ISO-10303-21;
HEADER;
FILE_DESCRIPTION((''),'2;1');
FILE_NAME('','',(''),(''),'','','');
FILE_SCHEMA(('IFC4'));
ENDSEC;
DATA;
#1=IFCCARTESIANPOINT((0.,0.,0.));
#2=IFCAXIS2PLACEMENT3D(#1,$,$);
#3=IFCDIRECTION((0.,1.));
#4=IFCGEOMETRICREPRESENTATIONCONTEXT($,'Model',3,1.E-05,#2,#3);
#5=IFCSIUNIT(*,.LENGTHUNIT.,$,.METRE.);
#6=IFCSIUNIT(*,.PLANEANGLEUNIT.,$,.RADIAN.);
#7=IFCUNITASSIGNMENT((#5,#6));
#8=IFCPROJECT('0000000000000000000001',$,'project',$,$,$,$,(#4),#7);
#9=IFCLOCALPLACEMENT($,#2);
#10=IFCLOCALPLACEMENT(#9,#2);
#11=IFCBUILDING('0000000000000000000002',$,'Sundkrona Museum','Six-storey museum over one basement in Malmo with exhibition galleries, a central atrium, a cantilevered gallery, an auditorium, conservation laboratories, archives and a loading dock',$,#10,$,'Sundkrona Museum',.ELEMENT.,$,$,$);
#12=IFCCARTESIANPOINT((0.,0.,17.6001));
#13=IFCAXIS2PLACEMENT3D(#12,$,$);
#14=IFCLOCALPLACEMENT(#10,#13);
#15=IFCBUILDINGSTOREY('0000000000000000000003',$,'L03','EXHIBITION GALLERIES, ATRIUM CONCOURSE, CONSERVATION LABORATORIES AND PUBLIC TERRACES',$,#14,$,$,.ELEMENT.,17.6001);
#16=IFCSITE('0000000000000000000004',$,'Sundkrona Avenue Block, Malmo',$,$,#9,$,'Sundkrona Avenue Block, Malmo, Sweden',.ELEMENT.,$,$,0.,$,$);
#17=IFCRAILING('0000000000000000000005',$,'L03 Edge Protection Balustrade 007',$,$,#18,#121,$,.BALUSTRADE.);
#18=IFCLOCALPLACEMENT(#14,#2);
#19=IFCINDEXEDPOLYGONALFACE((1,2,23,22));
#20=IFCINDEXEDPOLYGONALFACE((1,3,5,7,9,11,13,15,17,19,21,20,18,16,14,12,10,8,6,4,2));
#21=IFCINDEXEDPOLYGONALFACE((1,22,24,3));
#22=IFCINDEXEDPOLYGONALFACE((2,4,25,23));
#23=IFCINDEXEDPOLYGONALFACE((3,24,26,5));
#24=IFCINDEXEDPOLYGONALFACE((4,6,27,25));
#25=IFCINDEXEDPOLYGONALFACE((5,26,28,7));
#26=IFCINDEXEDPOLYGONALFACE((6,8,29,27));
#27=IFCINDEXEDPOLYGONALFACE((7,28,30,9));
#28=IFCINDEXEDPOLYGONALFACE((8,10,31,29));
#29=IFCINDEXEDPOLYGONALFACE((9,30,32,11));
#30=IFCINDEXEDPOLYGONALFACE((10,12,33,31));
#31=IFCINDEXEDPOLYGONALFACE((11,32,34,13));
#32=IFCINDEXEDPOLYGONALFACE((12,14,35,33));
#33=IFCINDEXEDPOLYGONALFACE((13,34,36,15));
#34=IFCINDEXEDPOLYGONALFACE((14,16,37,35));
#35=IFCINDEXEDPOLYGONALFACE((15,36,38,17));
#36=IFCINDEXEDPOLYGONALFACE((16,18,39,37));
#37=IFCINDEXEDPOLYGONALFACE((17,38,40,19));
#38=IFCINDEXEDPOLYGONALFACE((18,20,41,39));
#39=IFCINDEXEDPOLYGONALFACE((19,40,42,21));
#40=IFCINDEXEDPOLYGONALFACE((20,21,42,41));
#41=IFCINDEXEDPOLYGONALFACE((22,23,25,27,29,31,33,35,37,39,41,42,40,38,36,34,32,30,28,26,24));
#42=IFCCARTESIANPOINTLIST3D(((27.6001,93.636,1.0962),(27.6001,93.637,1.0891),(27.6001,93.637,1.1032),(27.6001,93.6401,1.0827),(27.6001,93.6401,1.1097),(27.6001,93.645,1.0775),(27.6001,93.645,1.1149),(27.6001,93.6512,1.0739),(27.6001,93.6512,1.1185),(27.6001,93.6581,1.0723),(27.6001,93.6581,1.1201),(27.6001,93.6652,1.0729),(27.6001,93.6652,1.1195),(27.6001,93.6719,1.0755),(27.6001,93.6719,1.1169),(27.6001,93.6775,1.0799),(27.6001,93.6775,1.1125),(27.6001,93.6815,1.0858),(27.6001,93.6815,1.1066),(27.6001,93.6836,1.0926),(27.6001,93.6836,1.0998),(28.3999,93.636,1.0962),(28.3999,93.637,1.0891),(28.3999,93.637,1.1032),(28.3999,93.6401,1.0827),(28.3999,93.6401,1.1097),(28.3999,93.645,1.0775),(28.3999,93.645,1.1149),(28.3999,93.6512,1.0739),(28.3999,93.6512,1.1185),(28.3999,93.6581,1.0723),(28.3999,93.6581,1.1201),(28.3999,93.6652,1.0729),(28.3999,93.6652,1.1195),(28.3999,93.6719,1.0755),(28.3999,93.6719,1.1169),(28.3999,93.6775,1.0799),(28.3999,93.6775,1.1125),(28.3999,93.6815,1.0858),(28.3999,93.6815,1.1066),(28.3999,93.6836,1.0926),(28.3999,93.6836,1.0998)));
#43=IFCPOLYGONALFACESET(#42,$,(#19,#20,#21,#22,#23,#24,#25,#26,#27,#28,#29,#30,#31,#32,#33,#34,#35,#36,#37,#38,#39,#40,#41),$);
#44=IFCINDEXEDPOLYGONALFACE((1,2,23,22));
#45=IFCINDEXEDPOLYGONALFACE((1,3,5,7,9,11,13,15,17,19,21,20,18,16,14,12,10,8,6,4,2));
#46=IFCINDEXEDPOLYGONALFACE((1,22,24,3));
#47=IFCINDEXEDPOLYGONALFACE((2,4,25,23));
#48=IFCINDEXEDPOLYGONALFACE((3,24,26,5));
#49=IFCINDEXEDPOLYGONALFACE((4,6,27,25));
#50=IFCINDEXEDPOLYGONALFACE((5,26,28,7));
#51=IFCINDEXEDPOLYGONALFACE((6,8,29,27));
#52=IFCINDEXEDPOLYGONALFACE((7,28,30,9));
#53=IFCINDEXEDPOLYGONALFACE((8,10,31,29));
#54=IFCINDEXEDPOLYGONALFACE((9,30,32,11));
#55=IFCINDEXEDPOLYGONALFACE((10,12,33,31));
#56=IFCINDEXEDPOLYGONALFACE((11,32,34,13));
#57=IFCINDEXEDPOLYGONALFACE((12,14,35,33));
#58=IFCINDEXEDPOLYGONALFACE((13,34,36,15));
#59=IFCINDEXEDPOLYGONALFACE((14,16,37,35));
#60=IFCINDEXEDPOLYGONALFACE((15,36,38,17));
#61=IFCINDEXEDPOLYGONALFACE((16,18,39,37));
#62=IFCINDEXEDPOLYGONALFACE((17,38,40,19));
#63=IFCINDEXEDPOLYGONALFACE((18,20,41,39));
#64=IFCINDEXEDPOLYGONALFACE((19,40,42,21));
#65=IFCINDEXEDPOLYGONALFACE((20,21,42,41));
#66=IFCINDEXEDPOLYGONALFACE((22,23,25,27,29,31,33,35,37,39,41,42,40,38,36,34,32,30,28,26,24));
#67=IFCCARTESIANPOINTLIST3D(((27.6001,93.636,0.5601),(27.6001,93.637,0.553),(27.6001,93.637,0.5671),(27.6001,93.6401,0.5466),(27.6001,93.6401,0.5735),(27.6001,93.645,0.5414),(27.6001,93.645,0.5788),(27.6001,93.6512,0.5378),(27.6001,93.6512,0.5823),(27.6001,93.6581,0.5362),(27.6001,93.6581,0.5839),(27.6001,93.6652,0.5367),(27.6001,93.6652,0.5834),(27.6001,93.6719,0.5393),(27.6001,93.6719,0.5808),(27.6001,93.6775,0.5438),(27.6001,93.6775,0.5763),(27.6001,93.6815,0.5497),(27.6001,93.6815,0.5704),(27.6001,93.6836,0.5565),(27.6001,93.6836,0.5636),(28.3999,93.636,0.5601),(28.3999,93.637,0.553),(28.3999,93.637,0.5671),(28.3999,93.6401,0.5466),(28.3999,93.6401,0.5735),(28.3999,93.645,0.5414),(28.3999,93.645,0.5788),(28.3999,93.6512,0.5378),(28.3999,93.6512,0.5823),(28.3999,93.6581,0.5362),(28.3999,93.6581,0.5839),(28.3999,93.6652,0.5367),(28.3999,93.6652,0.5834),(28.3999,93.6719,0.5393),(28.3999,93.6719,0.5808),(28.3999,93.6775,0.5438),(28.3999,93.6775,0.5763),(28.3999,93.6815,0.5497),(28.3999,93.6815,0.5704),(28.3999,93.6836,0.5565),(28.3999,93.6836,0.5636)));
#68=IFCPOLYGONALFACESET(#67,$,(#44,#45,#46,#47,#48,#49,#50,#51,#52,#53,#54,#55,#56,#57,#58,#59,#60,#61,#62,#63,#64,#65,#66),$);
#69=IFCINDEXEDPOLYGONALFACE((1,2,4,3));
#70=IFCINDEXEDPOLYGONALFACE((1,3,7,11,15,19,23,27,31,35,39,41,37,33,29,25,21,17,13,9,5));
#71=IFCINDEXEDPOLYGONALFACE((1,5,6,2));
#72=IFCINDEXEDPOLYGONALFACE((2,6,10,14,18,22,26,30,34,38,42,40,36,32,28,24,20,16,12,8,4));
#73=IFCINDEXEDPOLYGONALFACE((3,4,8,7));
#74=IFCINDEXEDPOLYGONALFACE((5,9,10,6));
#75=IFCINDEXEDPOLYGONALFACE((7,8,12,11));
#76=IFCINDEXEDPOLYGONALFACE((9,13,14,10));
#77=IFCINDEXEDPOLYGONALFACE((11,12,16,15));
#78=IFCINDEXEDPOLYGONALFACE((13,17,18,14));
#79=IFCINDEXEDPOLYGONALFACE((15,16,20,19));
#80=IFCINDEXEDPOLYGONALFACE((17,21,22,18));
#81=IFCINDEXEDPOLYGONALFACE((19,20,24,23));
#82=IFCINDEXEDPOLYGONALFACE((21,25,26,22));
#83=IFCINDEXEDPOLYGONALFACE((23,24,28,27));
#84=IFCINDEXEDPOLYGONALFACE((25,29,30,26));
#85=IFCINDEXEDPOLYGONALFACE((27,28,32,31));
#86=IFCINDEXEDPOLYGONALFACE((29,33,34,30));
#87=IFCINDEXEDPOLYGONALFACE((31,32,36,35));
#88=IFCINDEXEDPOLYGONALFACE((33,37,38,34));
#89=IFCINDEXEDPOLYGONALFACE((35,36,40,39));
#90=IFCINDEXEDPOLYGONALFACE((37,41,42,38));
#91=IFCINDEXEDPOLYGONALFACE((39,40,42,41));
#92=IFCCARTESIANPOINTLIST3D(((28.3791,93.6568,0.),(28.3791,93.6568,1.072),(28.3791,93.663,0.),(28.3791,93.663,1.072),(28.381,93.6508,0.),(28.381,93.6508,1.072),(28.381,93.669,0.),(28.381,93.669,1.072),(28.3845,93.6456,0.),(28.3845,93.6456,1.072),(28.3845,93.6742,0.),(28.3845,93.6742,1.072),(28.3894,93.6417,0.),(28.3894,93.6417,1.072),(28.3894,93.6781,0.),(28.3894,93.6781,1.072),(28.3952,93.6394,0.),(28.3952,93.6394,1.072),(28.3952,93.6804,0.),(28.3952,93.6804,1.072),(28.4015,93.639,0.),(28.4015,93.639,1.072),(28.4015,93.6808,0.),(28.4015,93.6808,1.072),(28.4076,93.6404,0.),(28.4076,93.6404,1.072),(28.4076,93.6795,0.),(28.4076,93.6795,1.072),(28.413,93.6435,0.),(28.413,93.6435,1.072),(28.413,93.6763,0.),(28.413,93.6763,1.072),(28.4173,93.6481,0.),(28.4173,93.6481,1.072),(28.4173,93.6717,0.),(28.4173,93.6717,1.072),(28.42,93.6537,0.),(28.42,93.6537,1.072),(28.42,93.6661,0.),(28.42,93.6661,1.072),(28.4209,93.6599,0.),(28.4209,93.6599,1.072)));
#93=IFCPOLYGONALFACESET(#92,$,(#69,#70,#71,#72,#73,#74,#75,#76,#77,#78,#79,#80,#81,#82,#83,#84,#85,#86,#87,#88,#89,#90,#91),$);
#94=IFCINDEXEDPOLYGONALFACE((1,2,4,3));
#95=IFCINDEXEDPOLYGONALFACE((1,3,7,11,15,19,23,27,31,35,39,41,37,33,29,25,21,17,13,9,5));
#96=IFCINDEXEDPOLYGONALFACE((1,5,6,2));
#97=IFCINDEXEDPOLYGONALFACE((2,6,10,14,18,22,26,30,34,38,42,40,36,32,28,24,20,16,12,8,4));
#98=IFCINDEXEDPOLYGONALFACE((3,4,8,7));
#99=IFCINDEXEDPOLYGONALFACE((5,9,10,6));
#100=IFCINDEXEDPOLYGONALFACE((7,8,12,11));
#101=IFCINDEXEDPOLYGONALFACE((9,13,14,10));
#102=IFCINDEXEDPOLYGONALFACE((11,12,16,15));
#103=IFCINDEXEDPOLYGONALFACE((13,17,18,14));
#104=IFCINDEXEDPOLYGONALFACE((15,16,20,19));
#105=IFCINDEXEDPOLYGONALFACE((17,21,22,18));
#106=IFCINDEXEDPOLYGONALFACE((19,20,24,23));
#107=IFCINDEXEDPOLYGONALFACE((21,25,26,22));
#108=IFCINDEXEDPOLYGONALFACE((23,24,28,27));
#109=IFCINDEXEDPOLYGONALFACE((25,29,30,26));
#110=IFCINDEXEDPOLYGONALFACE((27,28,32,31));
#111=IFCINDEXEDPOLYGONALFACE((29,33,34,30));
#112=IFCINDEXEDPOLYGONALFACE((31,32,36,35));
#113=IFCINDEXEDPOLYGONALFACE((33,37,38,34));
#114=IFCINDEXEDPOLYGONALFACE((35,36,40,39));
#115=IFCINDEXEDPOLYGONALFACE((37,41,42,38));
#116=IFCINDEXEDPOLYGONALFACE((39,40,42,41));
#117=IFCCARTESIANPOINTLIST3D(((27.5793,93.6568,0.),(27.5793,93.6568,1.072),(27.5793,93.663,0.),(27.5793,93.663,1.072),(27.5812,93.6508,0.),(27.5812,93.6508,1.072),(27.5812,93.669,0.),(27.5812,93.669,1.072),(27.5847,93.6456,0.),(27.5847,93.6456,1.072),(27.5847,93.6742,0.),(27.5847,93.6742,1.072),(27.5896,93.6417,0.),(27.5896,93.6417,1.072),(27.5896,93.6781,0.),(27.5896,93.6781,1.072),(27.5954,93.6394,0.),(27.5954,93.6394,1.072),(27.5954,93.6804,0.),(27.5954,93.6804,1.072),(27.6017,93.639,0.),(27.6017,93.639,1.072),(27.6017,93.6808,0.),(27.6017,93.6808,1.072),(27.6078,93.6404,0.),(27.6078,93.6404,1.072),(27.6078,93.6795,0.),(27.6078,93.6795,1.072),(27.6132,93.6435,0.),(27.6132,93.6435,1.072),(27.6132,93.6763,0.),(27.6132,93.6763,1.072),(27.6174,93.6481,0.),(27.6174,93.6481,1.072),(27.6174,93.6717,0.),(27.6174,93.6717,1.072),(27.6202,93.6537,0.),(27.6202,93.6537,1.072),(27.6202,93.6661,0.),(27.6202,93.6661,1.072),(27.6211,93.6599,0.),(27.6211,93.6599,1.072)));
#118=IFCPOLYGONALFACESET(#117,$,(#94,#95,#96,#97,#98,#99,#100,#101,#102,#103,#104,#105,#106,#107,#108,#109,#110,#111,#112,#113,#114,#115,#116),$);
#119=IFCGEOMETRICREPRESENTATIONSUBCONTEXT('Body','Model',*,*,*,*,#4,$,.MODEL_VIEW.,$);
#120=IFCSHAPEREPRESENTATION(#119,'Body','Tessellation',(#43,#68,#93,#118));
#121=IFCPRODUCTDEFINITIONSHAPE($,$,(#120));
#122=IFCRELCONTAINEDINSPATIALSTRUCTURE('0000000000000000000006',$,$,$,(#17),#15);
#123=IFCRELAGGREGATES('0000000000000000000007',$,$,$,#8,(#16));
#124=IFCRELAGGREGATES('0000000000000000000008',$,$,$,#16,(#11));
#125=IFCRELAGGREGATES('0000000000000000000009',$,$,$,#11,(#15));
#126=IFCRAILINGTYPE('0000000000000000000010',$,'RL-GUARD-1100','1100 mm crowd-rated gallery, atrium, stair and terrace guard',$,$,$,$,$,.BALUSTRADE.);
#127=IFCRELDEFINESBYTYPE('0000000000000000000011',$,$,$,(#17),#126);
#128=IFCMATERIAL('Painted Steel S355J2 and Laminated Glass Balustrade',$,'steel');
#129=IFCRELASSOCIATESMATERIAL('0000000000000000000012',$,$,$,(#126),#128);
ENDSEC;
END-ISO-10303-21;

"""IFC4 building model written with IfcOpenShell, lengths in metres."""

from ifc_helpers import new_model, si_unit, direction, frame, origin, origin_2d, place, context, subcontext, project, spatial, circle, extrude, material, type_object, element, save


model = new_model("IFC4")

# Units and contexts
model_context = context("Model", 3, precision=1e-05, world=origin(), true_north=direction((0.0, 1.0)))
body_context = subcontext(model_context, "Body", "Model", "MODEL_VIEW")
ifc_project = project(units=[si_unit("LENGTHUNIT", "METRE"), si_unit("PLANEANGLEUNIT", "RADIAN")], contexts=[model_context])

# Site, building, storey
site_placement = place(None, origin())
site = spatial("IfcSite", under=ifc_project, at=site_placement, Name="Sundkrona Avenue Block, Malmo", LongName="Sundkrona Avenue Block, Malmo, Sweden", CompositionType="ELEMENT", RefElevation=0.0)
building_placement = place(site_placement, origin())
building = spatial("IfcBuilding", under=site, at=building_placement, Name="Sundkrona Museum", Description="Six-storey museum over one basement in Malmo with exhibition galleries, a central atrium, a cantilevered gallery, an auditorium, conservation laboratories, archives and a loading dock", LongName="Sundkrona Museum", CompositionType="ELEMENT")
storey_placement = place(building_placement, frame((0.0, 0.0, 17.6001)))
storey = spatial("IfcBuildingStorey", under=building, at=storey_placement, Name="L03", Description="EXHIBITION GALLERIES, ATRIUM CONCOURSE, CONSERVATION LABORATORIES AND PUBLIC TERRACES", CompositionType="ELEMENT", Elevation=17.6001)

# Railing
ifc_material_1 = material(Name="Painted Steel S355J2 and Laminated Glass Balustrade", Category="steel")
railing_type = type_object("IfcRailingType", Name="RL-GUARD-1100", Description="1100 mm crowd-rated gallery, atrium, stair and terrace guard", PredefinedType="BALUSTRADE", material=ifc_material_1)
railing_1_placement = place(storey_placement, frame((28.3999, 93.6599, 0.0)))
element("IfcRailing", 1, at=railing_1_placement, inside=storey, type_object=railing_type, Name="L03 Edge Protection Balustrade 007", PredefinedType="BALUSTRADE", context=body_context, shape_type="SweptSolid", body=[
    extrude(circle(Radius=0.0239, at=origin_2d()), frame((0.0, 0.0, 1.0962), z_axis=(-1.0, 0.0, 0.0), x_axis=(0.0, -1.0, 0.0)), (0.0, 0.0, 1.0), 0.7998),
    extrude(circle(Radius=0.0239, at=origin_2d()), frame((0.0, 0.0, 0.5601), z_axis=(-1.0, 0.0, 0.0), x_axis=(0.0, -1.0, 0.0)), (0.0, 0.0, 1.0), 0.7998),
    extrude(circle(Radius=0.021, at=origin_2d()), origin(), (0.0, 0.0, 1.0), 1.072),
    extrude(circle(Radius=0.021, at=origin_2d()), frame((-0.7998, 0.0, 0.0)), (0.0, 0.0, 1.0), 1.072),
])

save(model, "model.ifc")
